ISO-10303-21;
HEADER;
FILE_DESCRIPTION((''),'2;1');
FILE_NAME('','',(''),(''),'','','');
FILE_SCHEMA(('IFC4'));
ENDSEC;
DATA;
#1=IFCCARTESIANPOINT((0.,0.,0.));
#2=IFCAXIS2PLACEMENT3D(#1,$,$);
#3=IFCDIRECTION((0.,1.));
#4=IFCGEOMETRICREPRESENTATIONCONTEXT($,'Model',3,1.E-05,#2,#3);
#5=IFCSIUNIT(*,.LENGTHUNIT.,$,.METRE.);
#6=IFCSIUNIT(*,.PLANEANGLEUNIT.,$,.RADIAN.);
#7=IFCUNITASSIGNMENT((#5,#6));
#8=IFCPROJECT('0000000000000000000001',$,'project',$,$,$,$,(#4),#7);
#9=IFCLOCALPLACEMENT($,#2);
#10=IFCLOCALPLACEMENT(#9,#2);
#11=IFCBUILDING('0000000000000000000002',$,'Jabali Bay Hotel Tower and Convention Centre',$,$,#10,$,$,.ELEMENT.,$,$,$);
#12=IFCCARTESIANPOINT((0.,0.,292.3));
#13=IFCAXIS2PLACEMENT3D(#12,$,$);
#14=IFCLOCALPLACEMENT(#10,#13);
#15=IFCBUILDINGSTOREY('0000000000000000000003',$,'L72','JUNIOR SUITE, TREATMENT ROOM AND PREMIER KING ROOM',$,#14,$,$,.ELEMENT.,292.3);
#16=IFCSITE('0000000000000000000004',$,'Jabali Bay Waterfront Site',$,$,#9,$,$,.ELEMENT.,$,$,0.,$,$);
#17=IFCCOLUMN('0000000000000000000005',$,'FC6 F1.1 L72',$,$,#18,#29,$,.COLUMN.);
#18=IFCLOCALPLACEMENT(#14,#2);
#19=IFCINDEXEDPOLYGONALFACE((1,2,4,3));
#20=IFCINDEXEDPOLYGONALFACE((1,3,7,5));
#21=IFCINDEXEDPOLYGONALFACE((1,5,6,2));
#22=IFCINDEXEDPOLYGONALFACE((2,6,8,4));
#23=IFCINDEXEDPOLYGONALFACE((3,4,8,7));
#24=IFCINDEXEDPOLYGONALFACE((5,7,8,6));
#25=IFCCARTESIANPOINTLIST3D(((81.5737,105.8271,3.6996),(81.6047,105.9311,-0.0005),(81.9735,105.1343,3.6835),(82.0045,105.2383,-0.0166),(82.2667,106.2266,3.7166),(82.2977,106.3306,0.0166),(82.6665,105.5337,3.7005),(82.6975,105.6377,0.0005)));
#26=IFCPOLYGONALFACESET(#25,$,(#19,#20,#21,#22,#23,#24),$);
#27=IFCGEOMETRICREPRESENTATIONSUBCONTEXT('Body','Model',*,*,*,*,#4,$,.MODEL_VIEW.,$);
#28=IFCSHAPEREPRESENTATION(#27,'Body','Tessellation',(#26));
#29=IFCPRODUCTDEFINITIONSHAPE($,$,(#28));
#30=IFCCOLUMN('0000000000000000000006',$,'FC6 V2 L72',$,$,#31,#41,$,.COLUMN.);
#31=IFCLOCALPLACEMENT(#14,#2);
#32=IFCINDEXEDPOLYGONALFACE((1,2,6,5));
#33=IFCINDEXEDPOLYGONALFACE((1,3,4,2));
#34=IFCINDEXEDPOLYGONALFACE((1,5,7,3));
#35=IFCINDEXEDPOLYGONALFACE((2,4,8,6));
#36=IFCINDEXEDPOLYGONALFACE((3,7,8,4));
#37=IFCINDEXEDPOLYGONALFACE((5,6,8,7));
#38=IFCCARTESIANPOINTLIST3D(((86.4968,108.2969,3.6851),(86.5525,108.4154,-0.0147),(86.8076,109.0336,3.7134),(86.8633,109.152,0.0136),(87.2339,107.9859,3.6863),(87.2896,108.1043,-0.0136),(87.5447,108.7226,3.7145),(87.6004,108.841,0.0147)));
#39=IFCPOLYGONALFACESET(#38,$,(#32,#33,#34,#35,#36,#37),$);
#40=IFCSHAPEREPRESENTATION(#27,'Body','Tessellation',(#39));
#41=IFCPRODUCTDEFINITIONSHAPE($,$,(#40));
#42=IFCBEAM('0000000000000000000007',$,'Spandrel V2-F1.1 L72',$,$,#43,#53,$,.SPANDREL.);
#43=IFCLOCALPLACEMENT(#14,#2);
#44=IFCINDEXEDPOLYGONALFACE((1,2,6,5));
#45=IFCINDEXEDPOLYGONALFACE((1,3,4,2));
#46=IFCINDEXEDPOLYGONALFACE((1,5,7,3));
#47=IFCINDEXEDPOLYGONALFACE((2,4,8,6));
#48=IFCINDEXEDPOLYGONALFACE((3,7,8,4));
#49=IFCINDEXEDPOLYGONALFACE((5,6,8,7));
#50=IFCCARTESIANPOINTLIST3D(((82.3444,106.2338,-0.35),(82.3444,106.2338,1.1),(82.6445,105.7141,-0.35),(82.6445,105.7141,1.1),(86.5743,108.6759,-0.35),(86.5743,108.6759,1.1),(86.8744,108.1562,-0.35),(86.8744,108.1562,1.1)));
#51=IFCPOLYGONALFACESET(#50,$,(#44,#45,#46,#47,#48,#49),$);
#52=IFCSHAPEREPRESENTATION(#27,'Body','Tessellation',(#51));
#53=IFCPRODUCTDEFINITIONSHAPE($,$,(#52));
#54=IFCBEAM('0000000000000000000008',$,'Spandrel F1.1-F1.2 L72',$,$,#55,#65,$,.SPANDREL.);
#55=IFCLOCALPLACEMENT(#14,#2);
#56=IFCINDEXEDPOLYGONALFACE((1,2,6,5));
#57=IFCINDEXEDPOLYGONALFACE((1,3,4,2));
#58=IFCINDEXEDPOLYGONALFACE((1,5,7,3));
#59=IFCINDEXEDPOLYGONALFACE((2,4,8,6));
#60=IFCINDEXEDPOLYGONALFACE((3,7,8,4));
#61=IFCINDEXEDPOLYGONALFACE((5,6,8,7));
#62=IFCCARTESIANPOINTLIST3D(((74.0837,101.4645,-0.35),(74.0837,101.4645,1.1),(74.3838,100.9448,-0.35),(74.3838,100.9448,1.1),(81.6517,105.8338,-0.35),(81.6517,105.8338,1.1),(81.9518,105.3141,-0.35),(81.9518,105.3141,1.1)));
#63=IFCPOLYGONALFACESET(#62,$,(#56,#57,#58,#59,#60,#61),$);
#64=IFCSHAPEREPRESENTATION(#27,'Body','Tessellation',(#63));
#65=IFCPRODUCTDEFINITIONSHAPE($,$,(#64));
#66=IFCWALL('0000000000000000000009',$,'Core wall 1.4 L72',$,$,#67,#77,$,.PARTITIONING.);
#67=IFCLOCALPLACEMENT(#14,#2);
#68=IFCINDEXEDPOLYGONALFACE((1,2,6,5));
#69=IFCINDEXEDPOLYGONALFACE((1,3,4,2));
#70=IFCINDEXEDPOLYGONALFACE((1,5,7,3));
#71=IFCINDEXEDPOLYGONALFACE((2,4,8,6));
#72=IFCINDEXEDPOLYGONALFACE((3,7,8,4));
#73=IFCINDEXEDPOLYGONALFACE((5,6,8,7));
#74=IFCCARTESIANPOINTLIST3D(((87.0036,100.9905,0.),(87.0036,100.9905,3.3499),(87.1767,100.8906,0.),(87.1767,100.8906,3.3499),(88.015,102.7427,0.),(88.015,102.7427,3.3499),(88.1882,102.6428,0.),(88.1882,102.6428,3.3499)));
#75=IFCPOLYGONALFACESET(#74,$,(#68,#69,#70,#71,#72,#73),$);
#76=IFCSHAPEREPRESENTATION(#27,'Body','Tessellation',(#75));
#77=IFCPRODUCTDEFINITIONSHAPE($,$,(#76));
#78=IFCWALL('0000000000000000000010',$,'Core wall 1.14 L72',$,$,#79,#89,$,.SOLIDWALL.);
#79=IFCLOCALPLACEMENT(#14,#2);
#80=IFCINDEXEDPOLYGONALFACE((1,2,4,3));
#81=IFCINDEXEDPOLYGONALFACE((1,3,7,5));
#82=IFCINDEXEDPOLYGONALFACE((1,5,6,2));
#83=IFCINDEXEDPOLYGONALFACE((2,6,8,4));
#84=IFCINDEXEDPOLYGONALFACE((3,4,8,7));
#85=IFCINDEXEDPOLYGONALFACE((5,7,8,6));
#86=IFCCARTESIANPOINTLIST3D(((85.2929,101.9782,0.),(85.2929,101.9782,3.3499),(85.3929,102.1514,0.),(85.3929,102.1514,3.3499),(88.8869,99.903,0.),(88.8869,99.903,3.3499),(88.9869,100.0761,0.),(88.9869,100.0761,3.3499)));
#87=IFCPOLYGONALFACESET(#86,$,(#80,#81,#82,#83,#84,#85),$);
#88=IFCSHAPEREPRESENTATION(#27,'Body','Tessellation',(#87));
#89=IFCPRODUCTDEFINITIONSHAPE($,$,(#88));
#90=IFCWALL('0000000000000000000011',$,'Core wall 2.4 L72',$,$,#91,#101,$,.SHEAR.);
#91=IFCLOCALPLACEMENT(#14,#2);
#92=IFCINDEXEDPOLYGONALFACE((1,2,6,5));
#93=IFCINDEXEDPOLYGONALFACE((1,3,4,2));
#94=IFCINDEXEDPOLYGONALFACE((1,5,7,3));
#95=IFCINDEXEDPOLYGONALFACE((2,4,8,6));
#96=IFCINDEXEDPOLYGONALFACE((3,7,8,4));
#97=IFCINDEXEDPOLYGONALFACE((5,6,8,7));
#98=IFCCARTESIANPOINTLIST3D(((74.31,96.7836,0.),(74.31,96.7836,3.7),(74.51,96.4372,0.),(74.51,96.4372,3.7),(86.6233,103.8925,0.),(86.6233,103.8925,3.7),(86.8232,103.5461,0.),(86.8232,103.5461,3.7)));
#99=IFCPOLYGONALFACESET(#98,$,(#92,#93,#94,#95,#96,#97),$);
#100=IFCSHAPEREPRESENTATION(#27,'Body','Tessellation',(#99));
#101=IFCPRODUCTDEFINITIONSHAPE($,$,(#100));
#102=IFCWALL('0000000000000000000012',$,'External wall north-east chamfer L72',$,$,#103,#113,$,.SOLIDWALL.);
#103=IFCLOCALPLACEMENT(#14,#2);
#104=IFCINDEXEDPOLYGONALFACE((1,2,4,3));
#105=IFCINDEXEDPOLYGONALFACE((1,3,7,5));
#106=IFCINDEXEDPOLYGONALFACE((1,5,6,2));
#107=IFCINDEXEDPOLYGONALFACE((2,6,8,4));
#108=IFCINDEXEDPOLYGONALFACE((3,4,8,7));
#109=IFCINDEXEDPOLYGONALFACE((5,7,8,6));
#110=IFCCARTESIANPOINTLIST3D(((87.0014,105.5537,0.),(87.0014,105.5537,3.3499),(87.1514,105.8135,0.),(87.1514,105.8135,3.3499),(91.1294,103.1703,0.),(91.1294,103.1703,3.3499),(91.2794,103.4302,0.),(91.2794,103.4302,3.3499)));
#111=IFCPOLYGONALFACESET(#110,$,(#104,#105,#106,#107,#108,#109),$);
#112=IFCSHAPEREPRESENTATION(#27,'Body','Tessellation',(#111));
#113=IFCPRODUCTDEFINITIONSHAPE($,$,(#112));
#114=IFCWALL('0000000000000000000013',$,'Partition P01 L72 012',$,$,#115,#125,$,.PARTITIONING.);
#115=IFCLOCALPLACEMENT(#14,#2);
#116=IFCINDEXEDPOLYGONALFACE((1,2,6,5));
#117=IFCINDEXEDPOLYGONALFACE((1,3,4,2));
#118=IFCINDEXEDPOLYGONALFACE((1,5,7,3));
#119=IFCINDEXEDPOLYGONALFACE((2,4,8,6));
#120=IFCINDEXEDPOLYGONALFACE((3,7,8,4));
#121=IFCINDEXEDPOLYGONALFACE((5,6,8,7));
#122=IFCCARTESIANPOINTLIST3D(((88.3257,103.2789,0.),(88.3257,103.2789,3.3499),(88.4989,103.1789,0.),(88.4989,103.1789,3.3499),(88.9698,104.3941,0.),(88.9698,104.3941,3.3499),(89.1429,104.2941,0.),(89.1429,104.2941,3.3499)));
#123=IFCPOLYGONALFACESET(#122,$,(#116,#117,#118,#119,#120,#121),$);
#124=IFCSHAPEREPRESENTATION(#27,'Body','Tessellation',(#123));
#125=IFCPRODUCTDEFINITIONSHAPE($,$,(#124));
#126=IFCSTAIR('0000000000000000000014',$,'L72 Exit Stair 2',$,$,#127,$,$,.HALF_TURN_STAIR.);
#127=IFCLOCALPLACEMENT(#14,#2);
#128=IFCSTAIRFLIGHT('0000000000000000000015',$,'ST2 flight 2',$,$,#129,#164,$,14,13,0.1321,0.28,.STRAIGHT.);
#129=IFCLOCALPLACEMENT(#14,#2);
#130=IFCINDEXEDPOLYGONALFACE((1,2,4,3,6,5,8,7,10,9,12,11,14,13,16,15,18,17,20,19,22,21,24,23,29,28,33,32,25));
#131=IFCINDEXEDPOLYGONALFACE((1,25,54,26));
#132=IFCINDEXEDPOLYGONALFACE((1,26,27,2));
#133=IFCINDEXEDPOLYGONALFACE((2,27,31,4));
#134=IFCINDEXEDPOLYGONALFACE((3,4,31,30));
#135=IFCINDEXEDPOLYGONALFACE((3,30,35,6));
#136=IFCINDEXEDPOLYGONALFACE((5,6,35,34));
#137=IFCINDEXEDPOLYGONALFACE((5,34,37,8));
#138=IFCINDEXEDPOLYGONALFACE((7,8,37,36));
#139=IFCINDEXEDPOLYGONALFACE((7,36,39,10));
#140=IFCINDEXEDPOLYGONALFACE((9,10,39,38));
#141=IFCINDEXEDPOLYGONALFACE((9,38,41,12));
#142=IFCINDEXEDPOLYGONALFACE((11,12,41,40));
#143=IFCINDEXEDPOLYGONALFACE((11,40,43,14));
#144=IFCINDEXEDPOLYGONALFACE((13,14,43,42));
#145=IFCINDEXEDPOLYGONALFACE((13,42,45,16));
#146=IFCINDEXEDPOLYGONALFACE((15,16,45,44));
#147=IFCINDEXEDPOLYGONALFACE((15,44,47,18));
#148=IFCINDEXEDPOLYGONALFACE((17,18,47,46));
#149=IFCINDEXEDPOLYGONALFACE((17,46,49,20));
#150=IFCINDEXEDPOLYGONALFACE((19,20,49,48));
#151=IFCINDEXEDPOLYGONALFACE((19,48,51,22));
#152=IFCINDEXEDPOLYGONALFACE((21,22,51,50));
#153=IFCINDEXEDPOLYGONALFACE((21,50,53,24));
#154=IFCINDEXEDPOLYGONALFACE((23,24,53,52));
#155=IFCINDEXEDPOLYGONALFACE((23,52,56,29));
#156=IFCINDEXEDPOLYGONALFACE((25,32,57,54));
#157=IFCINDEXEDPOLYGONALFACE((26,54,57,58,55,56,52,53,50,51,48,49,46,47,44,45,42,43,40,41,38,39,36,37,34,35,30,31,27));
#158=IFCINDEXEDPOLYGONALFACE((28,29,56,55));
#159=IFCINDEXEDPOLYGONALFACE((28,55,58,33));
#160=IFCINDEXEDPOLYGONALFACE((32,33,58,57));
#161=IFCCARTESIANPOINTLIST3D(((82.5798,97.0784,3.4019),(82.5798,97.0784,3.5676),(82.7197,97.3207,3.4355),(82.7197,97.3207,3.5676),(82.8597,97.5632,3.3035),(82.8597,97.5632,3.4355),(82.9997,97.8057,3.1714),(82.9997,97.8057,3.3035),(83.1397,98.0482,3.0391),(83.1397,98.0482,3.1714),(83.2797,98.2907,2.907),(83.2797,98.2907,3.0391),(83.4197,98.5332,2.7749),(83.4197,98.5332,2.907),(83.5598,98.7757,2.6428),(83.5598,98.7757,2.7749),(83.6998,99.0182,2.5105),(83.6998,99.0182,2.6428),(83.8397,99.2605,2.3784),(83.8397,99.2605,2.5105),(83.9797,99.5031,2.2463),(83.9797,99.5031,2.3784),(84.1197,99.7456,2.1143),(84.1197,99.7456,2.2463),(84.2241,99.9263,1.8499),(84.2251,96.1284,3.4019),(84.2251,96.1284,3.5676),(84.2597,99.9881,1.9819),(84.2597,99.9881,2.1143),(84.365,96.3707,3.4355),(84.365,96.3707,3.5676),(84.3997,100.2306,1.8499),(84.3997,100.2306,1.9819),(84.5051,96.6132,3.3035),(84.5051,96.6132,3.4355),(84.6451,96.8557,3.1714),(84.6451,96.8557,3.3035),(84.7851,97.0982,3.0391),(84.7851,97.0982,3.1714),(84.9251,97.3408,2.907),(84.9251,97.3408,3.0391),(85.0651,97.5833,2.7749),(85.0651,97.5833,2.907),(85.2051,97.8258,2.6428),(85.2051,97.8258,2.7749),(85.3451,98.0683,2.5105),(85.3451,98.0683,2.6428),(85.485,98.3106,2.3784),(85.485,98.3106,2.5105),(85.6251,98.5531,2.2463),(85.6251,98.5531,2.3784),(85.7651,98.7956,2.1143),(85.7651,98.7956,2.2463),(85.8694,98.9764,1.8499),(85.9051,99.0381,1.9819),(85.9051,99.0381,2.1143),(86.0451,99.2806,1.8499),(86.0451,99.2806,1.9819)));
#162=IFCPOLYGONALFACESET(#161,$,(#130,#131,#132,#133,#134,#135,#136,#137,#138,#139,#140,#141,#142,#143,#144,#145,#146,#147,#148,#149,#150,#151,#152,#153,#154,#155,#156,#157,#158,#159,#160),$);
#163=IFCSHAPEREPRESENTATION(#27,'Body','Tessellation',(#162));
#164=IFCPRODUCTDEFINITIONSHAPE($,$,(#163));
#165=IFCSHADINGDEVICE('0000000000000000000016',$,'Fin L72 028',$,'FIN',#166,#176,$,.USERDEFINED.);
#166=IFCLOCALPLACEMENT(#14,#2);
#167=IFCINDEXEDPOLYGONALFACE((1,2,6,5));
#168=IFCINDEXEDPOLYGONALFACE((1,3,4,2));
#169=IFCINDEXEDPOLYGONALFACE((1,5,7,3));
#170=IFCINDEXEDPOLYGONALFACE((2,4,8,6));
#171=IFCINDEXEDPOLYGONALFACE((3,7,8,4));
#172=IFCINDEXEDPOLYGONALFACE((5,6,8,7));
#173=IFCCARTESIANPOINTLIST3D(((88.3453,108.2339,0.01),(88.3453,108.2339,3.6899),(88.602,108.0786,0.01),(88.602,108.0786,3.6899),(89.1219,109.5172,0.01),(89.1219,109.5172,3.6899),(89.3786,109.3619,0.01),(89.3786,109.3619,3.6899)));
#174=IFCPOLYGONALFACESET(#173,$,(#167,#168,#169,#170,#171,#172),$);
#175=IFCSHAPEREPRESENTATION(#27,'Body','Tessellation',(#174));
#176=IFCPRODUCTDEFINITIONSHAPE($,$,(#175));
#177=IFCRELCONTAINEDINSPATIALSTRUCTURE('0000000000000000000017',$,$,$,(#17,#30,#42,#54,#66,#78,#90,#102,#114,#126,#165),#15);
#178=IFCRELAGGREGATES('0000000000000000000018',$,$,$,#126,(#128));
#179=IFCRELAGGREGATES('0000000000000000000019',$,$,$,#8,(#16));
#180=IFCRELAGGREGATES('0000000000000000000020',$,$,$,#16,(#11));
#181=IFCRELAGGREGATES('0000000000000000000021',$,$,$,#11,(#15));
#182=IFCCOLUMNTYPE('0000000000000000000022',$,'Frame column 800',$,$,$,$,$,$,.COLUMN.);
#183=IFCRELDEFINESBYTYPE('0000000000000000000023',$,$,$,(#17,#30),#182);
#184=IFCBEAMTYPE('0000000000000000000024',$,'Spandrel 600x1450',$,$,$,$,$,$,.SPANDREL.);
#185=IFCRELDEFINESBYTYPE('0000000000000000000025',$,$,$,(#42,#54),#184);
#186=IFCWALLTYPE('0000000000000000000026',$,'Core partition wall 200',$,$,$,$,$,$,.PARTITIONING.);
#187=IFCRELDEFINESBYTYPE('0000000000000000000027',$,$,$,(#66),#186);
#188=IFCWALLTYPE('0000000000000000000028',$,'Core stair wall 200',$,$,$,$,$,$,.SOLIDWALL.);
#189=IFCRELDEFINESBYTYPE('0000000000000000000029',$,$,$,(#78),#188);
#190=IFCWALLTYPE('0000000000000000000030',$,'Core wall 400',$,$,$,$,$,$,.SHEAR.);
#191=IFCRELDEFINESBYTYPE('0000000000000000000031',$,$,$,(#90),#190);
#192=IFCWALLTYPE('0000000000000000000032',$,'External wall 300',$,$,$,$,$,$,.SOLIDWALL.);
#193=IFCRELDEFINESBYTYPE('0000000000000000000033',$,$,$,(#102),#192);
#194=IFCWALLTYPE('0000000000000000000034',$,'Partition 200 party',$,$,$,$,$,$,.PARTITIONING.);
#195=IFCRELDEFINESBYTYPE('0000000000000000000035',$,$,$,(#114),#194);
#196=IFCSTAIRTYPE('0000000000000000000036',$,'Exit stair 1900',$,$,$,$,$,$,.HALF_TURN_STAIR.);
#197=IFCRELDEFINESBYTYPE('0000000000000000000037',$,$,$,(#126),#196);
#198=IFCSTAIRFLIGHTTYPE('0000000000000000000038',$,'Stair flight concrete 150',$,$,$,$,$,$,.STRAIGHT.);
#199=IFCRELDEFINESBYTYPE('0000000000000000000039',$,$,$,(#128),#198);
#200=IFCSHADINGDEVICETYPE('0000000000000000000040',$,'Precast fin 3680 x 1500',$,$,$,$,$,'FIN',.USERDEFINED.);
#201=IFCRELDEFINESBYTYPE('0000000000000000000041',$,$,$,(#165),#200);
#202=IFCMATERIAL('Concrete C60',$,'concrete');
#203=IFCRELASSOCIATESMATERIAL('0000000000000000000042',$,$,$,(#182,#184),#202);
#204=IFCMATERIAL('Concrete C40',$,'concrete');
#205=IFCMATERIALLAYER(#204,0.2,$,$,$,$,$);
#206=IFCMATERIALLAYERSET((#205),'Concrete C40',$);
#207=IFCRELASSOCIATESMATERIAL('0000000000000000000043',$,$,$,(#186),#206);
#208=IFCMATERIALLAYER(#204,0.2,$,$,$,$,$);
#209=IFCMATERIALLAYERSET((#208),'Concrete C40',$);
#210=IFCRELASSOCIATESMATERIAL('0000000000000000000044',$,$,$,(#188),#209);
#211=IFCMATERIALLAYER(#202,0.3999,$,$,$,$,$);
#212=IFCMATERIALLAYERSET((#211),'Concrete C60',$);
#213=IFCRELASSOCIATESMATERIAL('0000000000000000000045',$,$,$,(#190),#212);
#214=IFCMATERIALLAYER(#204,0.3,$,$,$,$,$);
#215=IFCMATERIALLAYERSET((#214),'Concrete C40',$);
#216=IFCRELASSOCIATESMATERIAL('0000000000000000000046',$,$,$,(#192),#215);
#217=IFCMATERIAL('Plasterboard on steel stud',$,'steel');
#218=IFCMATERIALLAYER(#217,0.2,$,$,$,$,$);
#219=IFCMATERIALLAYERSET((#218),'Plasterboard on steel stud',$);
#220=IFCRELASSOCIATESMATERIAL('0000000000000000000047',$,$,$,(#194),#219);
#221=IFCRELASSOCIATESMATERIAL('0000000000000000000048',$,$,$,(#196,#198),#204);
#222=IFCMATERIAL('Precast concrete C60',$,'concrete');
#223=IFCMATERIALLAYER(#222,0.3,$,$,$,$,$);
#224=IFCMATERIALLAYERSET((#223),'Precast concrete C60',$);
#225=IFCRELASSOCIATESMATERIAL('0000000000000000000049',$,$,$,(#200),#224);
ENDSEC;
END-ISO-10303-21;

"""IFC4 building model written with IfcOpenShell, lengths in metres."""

from ifc_helpers import new_model, si_unit, direction, frame, frame_2d, origin, origin_2d, place, context, subcontext, project, spatial, polyline, rectangle, outline, extrude, material, layer, layer_set, material_profile, profile_set, type_object, element, aggregate, save


model = new_model("IFC4")

# Units and contexts
model_context = context("Model", 3, precision=1e-05, world=origin(), true_north=direction((0.0, 1.0)))
body_context = subcontext(model_context, "Body", "Model", "MODEL_VIEW")
ifc_project = project(units=[si_unit("LENGTHUNIT", "METRE"), si_unit("PLANEANGLEUNIT", "RADIAN")], contexts=[model_context])

# Site, building, storey
site_placement = place(None, origin())
site = spatial("IfcSite", under=ifc_project, at=site_placement, Name="Jabali Bay Waterfront Site", CompositionType="ELEMENT", RefElevation=0.0)
building_placement = place(site_placement, origin())
building = spatial("IfcBuilding", under=site, at=building_placement, Name="Jabali Bay Hotel Tower and Convention Centre", CompositionType="ELEMENT")
storey_placement = place(building_placement, frame((0.0, 0.0, 292.3)))
storey = spatial("IfcBuildingStorey", under=building, at=storey_placement, Name="L72", Description="JUNIOR SUITE, TREATMENT ROOM AND PREMIER KING ROOM", CompositionType="ELEMENT", Elevation=292.3)

# Columns
ifc_material_1 = material(Name="Concrete C60", Category="concrete")
ifc_material_profile_1 = material_profile(ifc_material_1, rectangle(XDim=0.8, YDim=0.8, at=origin_2d()), Name="Frame column 800")
ifc_profile_set_1 = profile_set([ifc_material_profile_1], Name="Concrete C60")
column_type = type_object("IfcColumnType", Name="Frame column 800", PredefinedType="COLUMN", material=ifc_profile_set_1)
column_1_placement = place(storey_placement, frame((82.1511, 105.7844, 0.0), z_axis=(-0.008376, -0.028097, 0.99957), x_axis=(0.866167, 0.4993, 0.021294)))
element("IfcColumn", 1, at=column_1_placement, inside=storey, type_object=column_type, Name="FC6 F1.1 L72", PredefinedType="COLUMN", context=body_context, shape_type="SweptSolid", body=[
    extrude(rectangle(XDim=0.8, YDim=0.8, at=origin_2d()), origin(), (0.0, 0.0, 1.0), 3.7017),
])
column_2_placement = place(storey_placement, frame((87.0764, 108.6282, 0.0), z_axis=(-0.015035, -0.031983, 0.999375), x_axis=(0.921339, -0.388758, 0.00142)))
element("IfcColumn", 2, at=column_2_placement, inside=storey, type_object=column_type, Name="FC6 V2 L72", PredefinedType="COLUMN", context=body_context, shape_type="SweptSolid", body=[
    extrude(rectangle(XDim=0.8, YDim=0.8, at=origin_2d()), origin(), (0.0, 0.0, 1.0), 3.7021),
])

# Beams
ifc_material_profile_2 = material_profile(ifc_material_1, rectangle(XDim=0.6001, YDim=1.45, at=origin_2d()), Name="Spandrel 600x1450")
ifc_profile_set_2 = profile_set([ifc_material_profile_2], Name="Concrete C60")
beam_type = type_object("IfcBeamType", Name="Spandrel 600x1450", PredefinedType="SPANDREL", material=ifc_profile_set_2)
beam_1_placement = place(storey_placement, frame((86.7244, 108.416, 0.375), z_axis=(-0.866029, -0.499994, 0.0), x_axis=(0.499994, -0.866029, 0.0)))
element("IfcBeam", 3, at=beam_1_placement, inside=storey, type_object=beam_type, Name="Spandrel V2-F1.1 L72", PredefinedType="SPANDREL", context=body_context, shape_type="SweptSolid", body=[
    extrude(rectangle(XDim=0.6001, YDim=1.45, at=origin_2d()), origin(), (0.0, 0.0, 1.0), 4.8843),
])
beam_2_placement = place(storey_placement, frame((81.8018, 105.574, 0.375), z_axis=(-0.866029, -0.499994, 0.0), x_axis=(0.499994, -0.866029, 0.0)))
element("IfcBeam", 4, at=beam_2_placement, inside=storey, type_object=beam_type, Name="Spandrel F1.1-F1.2 L72", PredefinedType="SPANDREL", context=body_context, shape_type="SweptSolid", body=[
    extrude(rectangle(XDim=0.6001, YDim=1.45, at=origin_2d()), origin(), (0.0, 0.0, 1.0), 8.7388),
])

# Walls
ifc_material_2 = material(Name="Concrete C40", Category="concrete")
ifc_layer_1 = layer(ifc_material_2, 0.2)
ifc_layer_set_1 = layer_set([ifc_layer_1], Name="Concrete C40")
wall_type_1 = type_object("IfcWallType", Name="Core partition wall 200", PredefinedType="PARTITIONING", material=ifc_layer_set_1)
wall_1_placement = place(storey_placement, frame((87.0901, 100.9404, 0.0), z_axis=(0.0, 0.0, 1.0), x_axis=(0.499942, 0.866059, 0.0)))
element("IfcWall", 5, at=wall_1_placement, inside=storey, type_object=wall_type_1, Name="Core wall 1.4 L72", PredefinedType="PARTITIONING", context=body_context, shape_type="SweptSolid", body=[
    extrude(rectangle(XDim=2.0232, YDim=0.2, at=frame_2d((1.0117, 0.0))), origin(), (0.0, 0.0, 1.0), 3.3499),
])
ifc_layer_2 = layer(ifc_material_2, 0.2)
ifc_layer_set_2 = layer_set([ifc_layer_2], Name="Concrete C40")
wall_type_2 = type_object("IfcWallType", Name="Core stair wall 200", PredefinedType="SOLIDWALL", material=ifc_layer_set_2)
wall_2_placement = place(storey_placement, frame((88.937, 99.9895, 0.0), z_axis=(0.0, 0.0, 1.0), x_axis=(-0.866004, 0.500036, 0.0)))
element("IfcWall", 6, at=wall_2_placement, inside=storey, type_object=wall_type_2, Name="Core wall 1.14 L72", PredefinedType="SOLIDWALL", context=body_context, shape_type="SweptSolid", body=[
    extrude(rectangle(XDim=4.1501, YDim=0.2, at=frame_2d((2.0752, 0.0))), origin(), (0.0, 0.0, 1.0), 3.3499),
])
ifc_layer_3 = layer(ifc_material_1, 0.3999)
ifc_layer_set_3 = layer_set([ifc_layer_3], Name="Concrete C60")
wall_type_3 = type_object("IfcWallType", Name="Core wall 400", PredefinedType="SHEAR", material=ifc_layer_set_3)
wall_3_placement = place(storey_placement, frame((86.7231, 103.7192, 0.0), z_axis=(0.0, 0.0, 1.0), x_axis=(-0.86603, -0.499991, 0.0)))
element("IfcWall", 7, at=wall_3_placement, inside=storey, type_object=wall_type_3, Name="Core wall 2.4 L72", PredefinedType="SHEAR", context=body_context, shape_type="SweptSolid", body=[
    extrude(rectangle(XDim=14.218, YDim=0.3999, at=frame_2d((7.1089, 0.0))), origin(), (0.0, 0.0, 1.0), 3.7),
])
ifc_layer_4 = layer(ifc_material_2, 0.3)
ifc_layer_set_4 = layer_set([ifc_layer_4], Name="Concrete C40")
wall_type_4 = type_object("IfcWallType", Name="External wall 300", PredefinedType="SOLIDWALL", material=ifc_layer_set_4)
wall_4_placement = place(storey_placement, frame((87.0764, 105.6836, 0.0), z_axis=(0.0, 0.0, 1.0), x_axis=(0.866022, -0.500006, 0.0)))
element("IfcWall", 8, at=wall_4_placement, inside=storey, type_object=wall_type_4, Name="External wall north-east chamfer L72", PredefinedType="SOLIDWALL", context=body_context, shape_type="SweptSolid", body=[
    extrude(rectangle(XDim=4.7666, YDim=0.3, at=frame_2d((2.3833, 0.0))), origin(), (0.0, 0.0, 1.0), 3.3499),
])
ifc_material_3 = material(Name="Plasterboard on steel stud", Category="steel")
ifc_layer_5 = layer(ifc_material_3, 0.2)
ifc_layer_set_5 = layer_set([ifc_layer_5], Name="Plasterboard on steel stud")
wall_type_5 = type_object("IfcWallType", Name="Partition 200 party", PredefinedType="PARTITIONING", material=ifc_layer_set_5)
wall_5_placement = place(storey_placement, frame((89.0564, 104.3442, 0.0), z_axis=(0.0, 0.0, 1.0), x_axis=(-0.500094, -0.865971, 0.0)))
element("IfcWall", 9, at=wall_5_placement, inside=storey, type_object=wall_type_5, Name="Partition P01 L72 012", PredefinedType="PARTITIONING", context=body_context, shape_type="SweptSolid", body=[
    extrude(rectangle(XDim=1.2878, YDim=0.2, at=frame_2d((0.644, 0.0))), origin(), (0.0, 0.0, 1.0), 3.3499),
])

# Stair, stair flight
stair_type = type_object("IfcStairType", Name="Exit stair 1900", PredefinedType="HALF_TURN_STAIR", material=ifc_material_2)
stair_placement = place(storey_placement, origin())
stair = element("IfcStair", 10, at=stair_placement, inside=storey, type_object=stair_type, Name="L72 Exit Stair 2", PredefinedType="HALF_TURN_STAIR")
stair_flight_type = type_object("IfcStairFlightType", Name="Stair flight concrete 150", PredefinedType="STRAIGHT", material=ifc_material_2)
stair_flight_placement = place(storey_placement, frame((85.2224, 99.7556, 1.8499), z_axis=(0.0, 0.0, 1.0), x_axis=(-0.5, -0.866025, 0.0)))
stair_flight = element("IfcStairFlight", 11, at=stair_flight_placement, type_object=stair_flight_type, Name="ST2 flight 2", NumberOfRisers=14, NumberOfTreads=13, PredefinedType="STRAIGHT", RiserHeight=0.1321, TreadLength=0.28, context=body_context, shape_type="SweptSolid", body=[
    extrude(outline(polyline([(0.0, 0.0), (0.0, 0.1321), (0.28, 0.1321), (0.28, 0.2644), (0.5601, 0.2644), (0.5601, 0.3965), (0.8401, 0.3965), (0.8401, 0.5286), (1.1201, 0.5286), (1.1201, 0.6606), (1.3999, 0.6606), (1.3999, 0.793), (1.6799, 0.793), (1.6799, 0.925), (1.96, 0.925), (1.96, 1.0571), (2.24, 1.0571), (2.24, 1.1892), (2.52, 1.1892), (2.52, 1.3215), (2.8, 1.3215), (2.8, 1.4536), (3.0801, 1.4536), (3.0801, 1.5857), (3.3601, 1.5857), (3.3601, 1.7178), (3.6399, 1.7178), (3.6399, 1.8501), (3.6399, 1.552), (0.3513, 0.0), (0.0, 0.0)])), frame((0.0, 0.95, 0.0), z_axis=(0.0, -1.0, 0.0), x_axis=(1.0, 0.0, 0.0)), (0.0, 0.0, 1.0), 1.8999),
])
aggregate(stair, [stair_flight])

# Shading device
ifc_material_4 = material(Name="Precast concrete C60", Category="concrete")
ifc_layer_6 = layer(ifc_material_4, 0.3)
ifc_layer_set_6 = layer_set([ifc_layer_6], Name="Precast concrete C60")
shading_device_type = type_object("IfcShadingDeviceType", Name="Precast fin 3680 x 1500", ElementType="FIN", PredefinedType="USERDEFINED", material=ifc_layer_set_6)
shading_device_1_placement = place(storey_placement, frame((88.4736, 108.1562, 0.01), z_axis=(0.0, 0.0, 1.0), x_axis=(0.517771, 0.855519, 0.0)))
element("IfcShadingDevice", 12, at=shading_device_1_placement, inside=storey, type_object=shading_device_type, Name="Fin L72 028", ObjectType="FIN", PredefinedType="USERDEFINED", context=body_context, shape_type="SweptSolid", body=[
    extrude(rectangle(XDim=1.5, YDim=0.3, at=frame_2d((0.75, 0.0))), origin(), (0.0, 0.0, 1.0), 3.6799),
])

save(model, "model.ifc")
